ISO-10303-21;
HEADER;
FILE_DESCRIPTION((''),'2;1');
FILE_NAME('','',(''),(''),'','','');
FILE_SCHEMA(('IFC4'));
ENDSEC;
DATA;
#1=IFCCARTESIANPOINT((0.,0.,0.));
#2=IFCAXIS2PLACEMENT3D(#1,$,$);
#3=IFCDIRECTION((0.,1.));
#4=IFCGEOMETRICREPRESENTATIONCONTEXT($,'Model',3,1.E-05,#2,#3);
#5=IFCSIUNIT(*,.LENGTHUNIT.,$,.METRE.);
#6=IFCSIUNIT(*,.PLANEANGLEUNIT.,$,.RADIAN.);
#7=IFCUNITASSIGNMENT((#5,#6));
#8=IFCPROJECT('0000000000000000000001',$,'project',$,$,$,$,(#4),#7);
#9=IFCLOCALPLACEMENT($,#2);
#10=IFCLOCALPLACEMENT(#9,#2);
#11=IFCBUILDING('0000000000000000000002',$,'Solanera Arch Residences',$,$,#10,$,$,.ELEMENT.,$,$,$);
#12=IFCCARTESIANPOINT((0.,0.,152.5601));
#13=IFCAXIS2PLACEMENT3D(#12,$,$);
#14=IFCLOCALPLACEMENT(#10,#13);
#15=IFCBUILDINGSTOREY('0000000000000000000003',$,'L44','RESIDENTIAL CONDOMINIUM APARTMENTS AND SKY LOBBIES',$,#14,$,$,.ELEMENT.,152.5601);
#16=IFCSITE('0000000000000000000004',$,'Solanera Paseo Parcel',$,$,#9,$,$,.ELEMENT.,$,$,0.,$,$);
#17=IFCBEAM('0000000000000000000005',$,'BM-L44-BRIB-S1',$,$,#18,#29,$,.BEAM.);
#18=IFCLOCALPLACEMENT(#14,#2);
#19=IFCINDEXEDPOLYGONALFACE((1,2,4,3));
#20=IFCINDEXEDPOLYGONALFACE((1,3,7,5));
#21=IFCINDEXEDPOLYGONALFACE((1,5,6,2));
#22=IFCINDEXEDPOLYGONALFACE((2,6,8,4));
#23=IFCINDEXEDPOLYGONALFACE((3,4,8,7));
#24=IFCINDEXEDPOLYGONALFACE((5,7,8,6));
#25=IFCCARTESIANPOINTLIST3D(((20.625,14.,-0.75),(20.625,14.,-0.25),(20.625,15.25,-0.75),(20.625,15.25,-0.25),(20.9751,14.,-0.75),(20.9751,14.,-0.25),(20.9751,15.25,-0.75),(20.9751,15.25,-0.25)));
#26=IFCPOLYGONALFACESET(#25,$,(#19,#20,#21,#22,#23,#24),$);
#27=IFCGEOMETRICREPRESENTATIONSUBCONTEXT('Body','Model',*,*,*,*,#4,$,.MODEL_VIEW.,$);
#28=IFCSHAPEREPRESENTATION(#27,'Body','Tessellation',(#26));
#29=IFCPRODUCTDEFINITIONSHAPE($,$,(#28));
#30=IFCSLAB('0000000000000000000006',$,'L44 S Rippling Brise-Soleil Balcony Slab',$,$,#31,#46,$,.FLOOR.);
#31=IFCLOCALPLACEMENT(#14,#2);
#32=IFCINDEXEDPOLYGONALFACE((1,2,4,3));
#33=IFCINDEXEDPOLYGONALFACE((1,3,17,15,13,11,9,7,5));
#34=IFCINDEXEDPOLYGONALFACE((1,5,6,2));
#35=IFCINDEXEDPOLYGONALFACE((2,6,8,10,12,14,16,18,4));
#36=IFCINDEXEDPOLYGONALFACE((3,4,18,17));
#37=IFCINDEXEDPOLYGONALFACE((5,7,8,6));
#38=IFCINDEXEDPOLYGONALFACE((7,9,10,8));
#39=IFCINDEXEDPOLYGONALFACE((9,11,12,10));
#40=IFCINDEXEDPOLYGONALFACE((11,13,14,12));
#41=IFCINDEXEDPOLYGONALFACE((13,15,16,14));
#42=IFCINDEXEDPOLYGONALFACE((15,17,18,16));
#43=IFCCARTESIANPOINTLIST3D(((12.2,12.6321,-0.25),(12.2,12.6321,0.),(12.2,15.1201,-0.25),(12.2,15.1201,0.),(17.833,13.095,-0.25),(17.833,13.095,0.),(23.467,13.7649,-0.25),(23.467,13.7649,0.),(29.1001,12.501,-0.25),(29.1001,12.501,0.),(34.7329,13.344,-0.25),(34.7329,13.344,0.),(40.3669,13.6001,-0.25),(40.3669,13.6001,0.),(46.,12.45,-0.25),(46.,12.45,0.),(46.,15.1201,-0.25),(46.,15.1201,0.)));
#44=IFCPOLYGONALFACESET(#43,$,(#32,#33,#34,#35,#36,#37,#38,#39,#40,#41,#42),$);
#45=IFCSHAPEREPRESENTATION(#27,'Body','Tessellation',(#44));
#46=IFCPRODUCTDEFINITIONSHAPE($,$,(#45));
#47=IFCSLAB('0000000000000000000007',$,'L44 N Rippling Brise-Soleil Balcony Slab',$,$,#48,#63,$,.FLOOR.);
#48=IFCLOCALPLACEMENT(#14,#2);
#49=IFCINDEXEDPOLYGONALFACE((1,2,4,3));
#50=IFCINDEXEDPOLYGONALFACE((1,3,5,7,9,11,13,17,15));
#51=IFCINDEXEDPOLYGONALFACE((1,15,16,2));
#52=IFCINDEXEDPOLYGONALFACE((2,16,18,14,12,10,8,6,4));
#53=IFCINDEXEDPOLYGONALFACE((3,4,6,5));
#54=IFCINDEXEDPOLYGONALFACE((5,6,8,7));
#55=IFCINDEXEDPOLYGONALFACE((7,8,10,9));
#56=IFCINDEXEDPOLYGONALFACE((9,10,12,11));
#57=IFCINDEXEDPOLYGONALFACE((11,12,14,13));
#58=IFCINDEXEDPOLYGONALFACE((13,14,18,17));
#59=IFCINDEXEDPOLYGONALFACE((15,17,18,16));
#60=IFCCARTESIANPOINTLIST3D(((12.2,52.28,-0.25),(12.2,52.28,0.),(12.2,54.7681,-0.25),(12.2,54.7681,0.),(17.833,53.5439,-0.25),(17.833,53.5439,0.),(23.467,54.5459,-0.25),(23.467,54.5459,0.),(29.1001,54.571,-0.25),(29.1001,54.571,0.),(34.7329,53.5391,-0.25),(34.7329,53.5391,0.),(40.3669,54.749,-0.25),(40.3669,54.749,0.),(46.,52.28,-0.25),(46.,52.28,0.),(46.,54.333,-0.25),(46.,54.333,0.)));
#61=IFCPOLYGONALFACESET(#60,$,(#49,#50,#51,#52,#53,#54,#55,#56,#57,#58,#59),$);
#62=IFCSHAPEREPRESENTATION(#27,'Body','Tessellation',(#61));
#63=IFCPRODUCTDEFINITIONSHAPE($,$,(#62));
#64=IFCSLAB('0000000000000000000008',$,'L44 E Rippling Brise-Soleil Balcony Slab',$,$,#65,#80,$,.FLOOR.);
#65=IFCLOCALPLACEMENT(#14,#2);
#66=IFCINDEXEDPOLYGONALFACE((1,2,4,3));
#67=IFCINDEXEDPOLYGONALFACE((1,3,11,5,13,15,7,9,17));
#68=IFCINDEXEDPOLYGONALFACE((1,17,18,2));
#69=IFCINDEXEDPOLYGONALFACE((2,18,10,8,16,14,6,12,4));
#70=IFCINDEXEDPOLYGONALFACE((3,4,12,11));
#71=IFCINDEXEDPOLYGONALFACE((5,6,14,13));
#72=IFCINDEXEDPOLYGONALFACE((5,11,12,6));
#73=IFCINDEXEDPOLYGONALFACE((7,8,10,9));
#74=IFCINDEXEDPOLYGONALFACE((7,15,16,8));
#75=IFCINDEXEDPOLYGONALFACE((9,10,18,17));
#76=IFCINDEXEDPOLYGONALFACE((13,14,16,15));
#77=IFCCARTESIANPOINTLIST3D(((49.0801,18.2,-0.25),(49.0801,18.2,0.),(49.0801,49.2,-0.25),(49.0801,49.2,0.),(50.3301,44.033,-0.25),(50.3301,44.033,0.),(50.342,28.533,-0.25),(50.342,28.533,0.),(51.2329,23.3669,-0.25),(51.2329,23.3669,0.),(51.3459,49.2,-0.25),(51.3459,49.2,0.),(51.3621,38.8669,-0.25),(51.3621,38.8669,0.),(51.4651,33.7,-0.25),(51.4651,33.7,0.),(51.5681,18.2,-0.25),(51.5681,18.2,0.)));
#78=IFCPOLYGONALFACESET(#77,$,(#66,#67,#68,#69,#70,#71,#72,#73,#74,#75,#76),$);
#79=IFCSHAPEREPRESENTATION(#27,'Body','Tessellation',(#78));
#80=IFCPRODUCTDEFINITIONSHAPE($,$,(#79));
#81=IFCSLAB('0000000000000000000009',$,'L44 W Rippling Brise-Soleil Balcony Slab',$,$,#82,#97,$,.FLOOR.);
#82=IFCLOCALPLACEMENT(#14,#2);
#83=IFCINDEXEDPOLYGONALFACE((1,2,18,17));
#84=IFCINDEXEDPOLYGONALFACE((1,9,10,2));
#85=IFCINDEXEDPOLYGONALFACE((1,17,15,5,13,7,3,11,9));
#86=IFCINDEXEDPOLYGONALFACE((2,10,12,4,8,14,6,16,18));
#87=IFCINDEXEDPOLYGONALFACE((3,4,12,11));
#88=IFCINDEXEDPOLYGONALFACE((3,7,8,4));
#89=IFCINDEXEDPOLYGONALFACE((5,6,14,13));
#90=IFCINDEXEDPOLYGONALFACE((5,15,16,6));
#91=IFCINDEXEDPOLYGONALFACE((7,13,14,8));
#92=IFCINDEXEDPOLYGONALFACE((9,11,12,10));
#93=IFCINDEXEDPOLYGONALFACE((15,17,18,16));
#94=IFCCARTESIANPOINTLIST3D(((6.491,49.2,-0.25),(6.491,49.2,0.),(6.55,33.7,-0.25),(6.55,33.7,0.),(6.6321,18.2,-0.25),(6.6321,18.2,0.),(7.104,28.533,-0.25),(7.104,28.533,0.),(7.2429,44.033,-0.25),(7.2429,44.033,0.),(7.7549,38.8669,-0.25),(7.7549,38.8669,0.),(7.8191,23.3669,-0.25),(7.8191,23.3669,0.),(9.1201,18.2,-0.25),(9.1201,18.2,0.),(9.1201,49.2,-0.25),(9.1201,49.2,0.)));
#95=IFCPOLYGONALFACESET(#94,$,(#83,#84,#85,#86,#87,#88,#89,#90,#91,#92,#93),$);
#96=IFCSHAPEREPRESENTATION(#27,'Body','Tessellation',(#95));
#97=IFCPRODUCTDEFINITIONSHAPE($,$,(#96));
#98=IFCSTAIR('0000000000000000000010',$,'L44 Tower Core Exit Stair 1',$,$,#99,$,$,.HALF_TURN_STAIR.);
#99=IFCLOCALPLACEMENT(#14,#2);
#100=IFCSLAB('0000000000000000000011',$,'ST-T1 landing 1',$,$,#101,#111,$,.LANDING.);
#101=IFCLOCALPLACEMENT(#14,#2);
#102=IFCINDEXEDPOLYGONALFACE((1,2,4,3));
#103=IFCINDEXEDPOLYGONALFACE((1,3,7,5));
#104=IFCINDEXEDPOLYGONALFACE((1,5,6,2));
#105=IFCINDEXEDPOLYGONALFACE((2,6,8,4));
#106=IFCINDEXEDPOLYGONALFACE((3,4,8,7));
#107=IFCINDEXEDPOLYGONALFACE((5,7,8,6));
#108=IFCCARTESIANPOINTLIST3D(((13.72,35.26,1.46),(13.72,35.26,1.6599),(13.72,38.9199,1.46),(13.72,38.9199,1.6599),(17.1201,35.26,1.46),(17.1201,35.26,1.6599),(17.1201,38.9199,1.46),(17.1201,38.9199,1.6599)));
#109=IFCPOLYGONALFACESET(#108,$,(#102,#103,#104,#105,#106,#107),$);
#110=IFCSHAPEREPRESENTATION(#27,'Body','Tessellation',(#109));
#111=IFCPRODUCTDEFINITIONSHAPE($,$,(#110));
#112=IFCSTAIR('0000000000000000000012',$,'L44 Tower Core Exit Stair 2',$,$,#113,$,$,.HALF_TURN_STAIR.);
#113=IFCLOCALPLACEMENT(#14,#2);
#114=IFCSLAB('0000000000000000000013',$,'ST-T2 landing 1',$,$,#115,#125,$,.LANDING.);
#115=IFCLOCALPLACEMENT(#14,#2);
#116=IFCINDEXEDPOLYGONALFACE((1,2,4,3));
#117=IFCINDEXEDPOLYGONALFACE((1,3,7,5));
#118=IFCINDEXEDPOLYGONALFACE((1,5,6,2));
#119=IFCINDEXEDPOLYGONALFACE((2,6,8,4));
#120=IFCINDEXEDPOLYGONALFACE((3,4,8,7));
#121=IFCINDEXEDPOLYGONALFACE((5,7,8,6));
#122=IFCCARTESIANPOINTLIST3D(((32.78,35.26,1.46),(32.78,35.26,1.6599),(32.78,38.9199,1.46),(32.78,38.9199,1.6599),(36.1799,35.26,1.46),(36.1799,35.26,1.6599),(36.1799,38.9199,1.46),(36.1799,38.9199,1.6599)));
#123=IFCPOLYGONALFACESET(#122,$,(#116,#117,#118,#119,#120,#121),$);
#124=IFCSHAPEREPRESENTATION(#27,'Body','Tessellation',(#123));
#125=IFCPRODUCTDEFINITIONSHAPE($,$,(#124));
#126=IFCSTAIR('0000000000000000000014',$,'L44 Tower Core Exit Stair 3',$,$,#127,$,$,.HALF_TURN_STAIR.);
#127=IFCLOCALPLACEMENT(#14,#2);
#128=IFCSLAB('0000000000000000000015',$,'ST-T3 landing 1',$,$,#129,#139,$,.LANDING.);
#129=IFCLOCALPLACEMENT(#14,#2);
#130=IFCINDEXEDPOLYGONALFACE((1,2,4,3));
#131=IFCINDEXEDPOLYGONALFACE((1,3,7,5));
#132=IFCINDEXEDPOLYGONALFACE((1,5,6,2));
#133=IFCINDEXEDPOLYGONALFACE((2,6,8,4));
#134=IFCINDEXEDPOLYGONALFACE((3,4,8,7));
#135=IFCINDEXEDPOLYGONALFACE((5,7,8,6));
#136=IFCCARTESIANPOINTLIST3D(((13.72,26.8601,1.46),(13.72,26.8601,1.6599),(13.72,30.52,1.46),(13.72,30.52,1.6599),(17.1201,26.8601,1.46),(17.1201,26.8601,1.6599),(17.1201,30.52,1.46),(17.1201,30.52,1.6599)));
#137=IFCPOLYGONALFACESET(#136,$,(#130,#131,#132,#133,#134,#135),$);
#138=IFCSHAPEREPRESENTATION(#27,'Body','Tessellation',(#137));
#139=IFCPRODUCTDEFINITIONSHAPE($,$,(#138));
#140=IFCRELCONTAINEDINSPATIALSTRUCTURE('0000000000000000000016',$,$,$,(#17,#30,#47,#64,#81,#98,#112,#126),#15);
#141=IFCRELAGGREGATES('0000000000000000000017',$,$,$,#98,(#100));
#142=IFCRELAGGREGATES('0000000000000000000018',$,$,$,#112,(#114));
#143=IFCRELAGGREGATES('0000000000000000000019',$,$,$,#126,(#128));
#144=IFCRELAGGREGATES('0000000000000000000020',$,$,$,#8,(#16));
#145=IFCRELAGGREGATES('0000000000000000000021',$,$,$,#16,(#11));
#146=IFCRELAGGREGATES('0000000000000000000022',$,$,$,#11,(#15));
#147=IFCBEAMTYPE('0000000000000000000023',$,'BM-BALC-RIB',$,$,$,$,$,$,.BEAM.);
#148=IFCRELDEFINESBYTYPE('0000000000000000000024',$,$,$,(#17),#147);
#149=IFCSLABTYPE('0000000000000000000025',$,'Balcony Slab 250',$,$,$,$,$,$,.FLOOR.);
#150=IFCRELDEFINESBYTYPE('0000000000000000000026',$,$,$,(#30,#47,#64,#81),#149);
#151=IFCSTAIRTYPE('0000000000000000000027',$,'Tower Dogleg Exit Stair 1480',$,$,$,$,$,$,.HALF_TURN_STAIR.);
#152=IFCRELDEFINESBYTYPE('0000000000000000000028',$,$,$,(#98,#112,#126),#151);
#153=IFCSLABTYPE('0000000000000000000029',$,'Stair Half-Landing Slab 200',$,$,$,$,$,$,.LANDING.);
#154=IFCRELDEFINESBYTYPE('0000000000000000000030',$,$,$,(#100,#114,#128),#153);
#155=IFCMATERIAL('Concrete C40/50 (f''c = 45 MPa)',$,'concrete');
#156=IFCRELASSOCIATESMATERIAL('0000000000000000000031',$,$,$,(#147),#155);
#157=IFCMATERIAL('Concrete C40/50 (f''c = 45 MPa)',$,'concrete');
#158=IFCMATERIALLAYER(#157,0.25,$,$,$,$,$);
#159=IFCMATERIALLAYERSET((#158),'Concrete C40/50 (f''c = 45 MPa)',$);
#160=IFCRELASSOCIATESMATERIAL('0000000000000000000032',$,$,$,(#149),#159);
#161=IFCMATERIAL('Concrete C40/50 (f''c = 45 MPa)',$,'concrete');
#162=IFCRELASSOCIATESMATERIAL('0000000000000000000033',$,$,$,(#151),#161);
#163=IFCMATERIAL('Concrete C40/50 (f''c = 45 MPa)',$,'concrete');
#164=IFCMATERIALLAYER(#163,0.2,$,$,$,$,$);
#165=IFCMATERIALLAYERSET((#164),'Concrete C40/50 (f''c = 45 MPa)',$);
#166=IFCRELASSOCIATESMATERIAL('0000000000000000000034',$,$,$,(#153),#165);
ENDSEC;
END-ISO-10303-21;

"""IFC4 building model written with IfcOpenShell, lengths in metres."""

from ifc_helpers import new_model, si_unit, direction, frame, origin, origin_2d, place, context, subcontext, project, spatial, polyline, rectangle, outline, extrude, material, layer, layer_set, material_profile, profile_set, type_object, element, aggregate, save


model = new_model("IFC4")

# Units and contexts
model_context = context("Model", 3, precision=1e-05, world=origin(), true_north=direction((0.0, 1.0)))
body_context = subcontext(model_context, "Body", "Model", "MODEL_VIEW")
ifc_project = project(units=[si_unit("LENGTHUNIT", "METRE"), si_unit("PLANEANGLEUNIT", "RADIAN")], contexts=[model_context])

# Site, building, storey
site_placement = place(None, origin())
site = spatial("IfcSite", under=ifc_project, at=site_placement, Name="Solanera Paseo Parcel", CompositionType="ELEMENT", RefElevation=0.0)
building_placement = place(site_placement, origin())
building = spatial("IfcBuilding", under=site, at=building_placement, Name="Solanera Arch Residences", CompositionType="ELEMENT")
storey_placement = place(building_placement, frame((0.0, 0.0, 152.5601)))
storey = spatial("IfcBuildingStorey", under=building, at=storey_placement, Name="L44", Description="RESIDENTIAL CONDOMINIUM APARTMENTS AND SKY LOBBIES", CompositionType="ELEMENT", Elevation=152.5601)

# Beam
ifc_material_1 = material(Name="Concrete C40/50 (f'c = 45 MPa)", Category="concrete")
ifc_material_profile = material_profile(ifc_material_1, rectangle(XDim=0.3501, YDim=0.5, at=origin_2d()))
ifc_profile_set = profile_set([ifc_material_profile], Name="Concrete C40/50 (f'c = 45 MPa)")
beam_type = type_object("IfcBeamType", Name="BM-BALC-RIB", PredefinedType="BEAM", material=ifc_profile_set)
beam_placement = place(storey_placement, frame((20.8, 14.0, -0.5), z_axis=(0.0, 1.0, 0.0), x_axis=(-1.0, 0.0, 0.0)))
element("IfcBeam", 1, at=beam_placement, inside=storey, type_object=beam_type, Name="BM-L44-BRIB-S1", PredefinedType="BEAM", context=body_context, shape_type="SweptSolid", body=[
    extrude(rectangle(XDim=0.3501, YDim=0.5, at=origin_2d()), origin(), (0.0, 0.0, 1.0), 1.25),
])

# Slabs
ifc_material_2 = material(Name="Concrete C40/50 (f'c = 45 MPa)", Category="concrete")
ifc_layer_1 = layer(ifc_material_2, 0.25)
ifc_layer_set_1 = layer_set([ifc_layer_1], Name="Concrete C40/50 (f'c = 45 MPa)")
slab_type_1 = type_object("IfcSlabType", Name="Balcony Slab 250", PredefinedType="FLOOR", material=ifc_layer_set_1)
slab_1_placement = place(storey_placement, frame((0.0, 0.0, -0.25)))
element("IfcSlab", 2, at=slab_1_placement, inside=storey, type_object=slab_type_1, Name="L44 S Rippling Brise-Soleil Balcony Slab", PredefinedType="FLOOR", context=body_context, shape_type="SweptSolid", body=[
    extrude(outline(polyline([(12.2, 12.6321), (17.833, 13.095), (23.467, 13.7649), (29.1001, 12.501), (34.7329, 13.344), (40.3669, 13.6001), (46.0, 12.45), (46.0, 15.1201), (12.2, 15.1201), (12.2, 12.6321)])), origin(), (0.0, 0.0, 1.0), 0.25),
])
slab_2_placement = place(storey_placement, frame((0.0, 0.0, -0.25)))
element("IfcSlab", 3, at=slab_2_placement, inside=storey, type_object=slab_type_1, Name="L44 N Rippling Brise-Soleil Balcony Slab", PredefinedType="FLOOR", context=body_context, shape_type="SweptSolid", body=[
    extrude(outline(polyline([(46.0, 54.333), (40.3669, 54.749), (34.7329, 53.5391), (29.1001, 54.571), (23.467, 54.5459), (17.833, 53.5439), (12.2, 54.7681), (12.2, 52.28), (46.0, 52.28), (46.0, 54.333)])), origin(), (0.0, 0.0, 1.0), 0.25),
])
slab_3_placement = place(storey_placement, frame((0.0, 0.0, -0.25)))
element("IfcSlab", 4, at=slab_3_placement, inside=storey, type_object=slab_type_1, Name="L44 E Rippling Brise-Soleil Balcony Slab", PredefinedType="FLOOR", context=body_context, shape_type="SweptSolid", body=[
    extrude(outline(polyline([(51.5681, 18.2), (51.2329, 23.3669), (50.342, 28.533), (51.4651, 33.7), (51.3621, 38.8669), (50.3301, 44.033), (51.3459, 49.2), (49.0801, 49.2), (49.0801, 18.2), (51.5681, 18.2)])), origin(), (0.0, 0.0, 1.0), 0.25),
])
slab_4_placement = place(storey_placement, frame((0.0, 0.0, -0.25)))
element("IfcSlab", 5, at=slab_4_placement, inside=storey, type_object=slab_type_1, Name="L44 W Rippling Brise-Soleil Balcony Slab", PredefinedType="FLOOR", context=body_context, shape_type="SweptSolid", body=[
    extrude(outline(polyline([(6.491, 49.2), (7.2429, 44.033), (7.7549, 38.8669), (6.55, 33.7), (7.104, 28.533), (7.8191, 23.3669), (6.6321, 18.2), (9.1201, 18.2), (9.1201, 49.2), (6.491, 49.2)])), origin(), (0.0, 0.0, 1.0), 0.25),
])

# Stairs, slabs
ifc_material_3 = material(Name="Concrete C40/50 (f'c = 45 MPa)", Category="concrete")
stair_type = type_object("IfcStairType", Name="Tower Dogleg Exit Stair 1480", PredefinedType="HALF_TURN_STAIR", material=ifc_material_3)
stair_1_placement = place(storey_placement, origin())
stair_1 = element("IfcStair", 6, at=stair_1_placement, inside=storey, type_object=stair_type, Name="L44 Tower Core Exit Stair 1", PredefinedType="HALF_TURN_STAIR")
ifc_material_4 = material(Name="Concrete C40/50 (f'c = 45 MPa)", Category="concrete")
ifc_layer_2 = layer(ifc_material_4, 0.2)
ifc_layer_set_2 = layer_set([ifc_layer_2], Name="Concrete C40/50 (f'c = 45 MPa)")
slab_type_2 = type_object("IfcSlabType", Name="Stair Half-Landing Slab 200", PredefinedType="LANDING", material=ifc_layer_set_2)
slab_5_placement = place(storey_placement, frame((0.0, 0.0, 1.46)))
slab_5 = element("IfcSlab", 7, at=slab_5_placement, type_object=slab_type_2, Name="ST-T1 landing 1", PredefinedType="LANDING", context=body_context, shape_type="SweptSolid", body=[
    extrude(outline(polyline([(17.1201, 35.26), (17.1201, 38.9199), (13.72, 38.9199), (13.72, 35.26), (17.1201, 35.26)])), origin(), (0.0, 0.0, 1.0), 0.2),
])
aggregate(stair_1, [slab_5])
stair_2_placement = place(storey_placement, origin())
stair_2 = element("IfcStair", 8, at=stair_2_placement, inside=storey, type_object=stair_type, Name="L44 Tower Core Exit Stair 2", PredefinedType="HALF_TURN_STAIR")
slab_6_placement = place(storey_placement, frame((0.0, 0.0, 1.46)))
slab_6 = element("IfcSlab", 9, at=slab_6_placement, type_object=slab_type_2, Name="ST-T2 landing 1", PredefinedType="LANDING", context=body_context, shape_type="SweptSolid", body=[
    extrude(outline(polyline([(36.1799, 35.26), (36.1799, 38.9199), (32.78, 38.9199), (32.78, 35.26), (36.1799, 35.26)])), origin(), (0.0, 0.0, 1.0), 0.2),
])
aggregate(stair_2, [slab_6])
stair_3_placement = place(storey_placement, origin())
stair_3 = element("IfcStair", 10, at=stair_3_placement, inside=storey, type_object=stair_type, Name="L44 Tower Core Exit Stair 3", PredefinedType="HALF_TURN_STAIR")
slab_7_placement = place(storey_placement, frame((0.0, 0.0, 1.46)))
slab_7 = element("IfcSlab", 11, at=slab_7_placement, type_object=slab_type_2, Name="ST-T3 landing 1", PredefinedType="LANDING", context=body_context, shape_type="SweptSolid", body=[
    extrude(outline(polyline([(17.1201, 26.8601), (17.1201, 30.52), (13.72, 30.52), (13.72, 26.8601), (17.1201, 26.8601)])), origin(), (0.0, 0.0, 1.0), 0.2),
])
aggregate(stair_3, [slab_7])

save(model, "model.ifc")
